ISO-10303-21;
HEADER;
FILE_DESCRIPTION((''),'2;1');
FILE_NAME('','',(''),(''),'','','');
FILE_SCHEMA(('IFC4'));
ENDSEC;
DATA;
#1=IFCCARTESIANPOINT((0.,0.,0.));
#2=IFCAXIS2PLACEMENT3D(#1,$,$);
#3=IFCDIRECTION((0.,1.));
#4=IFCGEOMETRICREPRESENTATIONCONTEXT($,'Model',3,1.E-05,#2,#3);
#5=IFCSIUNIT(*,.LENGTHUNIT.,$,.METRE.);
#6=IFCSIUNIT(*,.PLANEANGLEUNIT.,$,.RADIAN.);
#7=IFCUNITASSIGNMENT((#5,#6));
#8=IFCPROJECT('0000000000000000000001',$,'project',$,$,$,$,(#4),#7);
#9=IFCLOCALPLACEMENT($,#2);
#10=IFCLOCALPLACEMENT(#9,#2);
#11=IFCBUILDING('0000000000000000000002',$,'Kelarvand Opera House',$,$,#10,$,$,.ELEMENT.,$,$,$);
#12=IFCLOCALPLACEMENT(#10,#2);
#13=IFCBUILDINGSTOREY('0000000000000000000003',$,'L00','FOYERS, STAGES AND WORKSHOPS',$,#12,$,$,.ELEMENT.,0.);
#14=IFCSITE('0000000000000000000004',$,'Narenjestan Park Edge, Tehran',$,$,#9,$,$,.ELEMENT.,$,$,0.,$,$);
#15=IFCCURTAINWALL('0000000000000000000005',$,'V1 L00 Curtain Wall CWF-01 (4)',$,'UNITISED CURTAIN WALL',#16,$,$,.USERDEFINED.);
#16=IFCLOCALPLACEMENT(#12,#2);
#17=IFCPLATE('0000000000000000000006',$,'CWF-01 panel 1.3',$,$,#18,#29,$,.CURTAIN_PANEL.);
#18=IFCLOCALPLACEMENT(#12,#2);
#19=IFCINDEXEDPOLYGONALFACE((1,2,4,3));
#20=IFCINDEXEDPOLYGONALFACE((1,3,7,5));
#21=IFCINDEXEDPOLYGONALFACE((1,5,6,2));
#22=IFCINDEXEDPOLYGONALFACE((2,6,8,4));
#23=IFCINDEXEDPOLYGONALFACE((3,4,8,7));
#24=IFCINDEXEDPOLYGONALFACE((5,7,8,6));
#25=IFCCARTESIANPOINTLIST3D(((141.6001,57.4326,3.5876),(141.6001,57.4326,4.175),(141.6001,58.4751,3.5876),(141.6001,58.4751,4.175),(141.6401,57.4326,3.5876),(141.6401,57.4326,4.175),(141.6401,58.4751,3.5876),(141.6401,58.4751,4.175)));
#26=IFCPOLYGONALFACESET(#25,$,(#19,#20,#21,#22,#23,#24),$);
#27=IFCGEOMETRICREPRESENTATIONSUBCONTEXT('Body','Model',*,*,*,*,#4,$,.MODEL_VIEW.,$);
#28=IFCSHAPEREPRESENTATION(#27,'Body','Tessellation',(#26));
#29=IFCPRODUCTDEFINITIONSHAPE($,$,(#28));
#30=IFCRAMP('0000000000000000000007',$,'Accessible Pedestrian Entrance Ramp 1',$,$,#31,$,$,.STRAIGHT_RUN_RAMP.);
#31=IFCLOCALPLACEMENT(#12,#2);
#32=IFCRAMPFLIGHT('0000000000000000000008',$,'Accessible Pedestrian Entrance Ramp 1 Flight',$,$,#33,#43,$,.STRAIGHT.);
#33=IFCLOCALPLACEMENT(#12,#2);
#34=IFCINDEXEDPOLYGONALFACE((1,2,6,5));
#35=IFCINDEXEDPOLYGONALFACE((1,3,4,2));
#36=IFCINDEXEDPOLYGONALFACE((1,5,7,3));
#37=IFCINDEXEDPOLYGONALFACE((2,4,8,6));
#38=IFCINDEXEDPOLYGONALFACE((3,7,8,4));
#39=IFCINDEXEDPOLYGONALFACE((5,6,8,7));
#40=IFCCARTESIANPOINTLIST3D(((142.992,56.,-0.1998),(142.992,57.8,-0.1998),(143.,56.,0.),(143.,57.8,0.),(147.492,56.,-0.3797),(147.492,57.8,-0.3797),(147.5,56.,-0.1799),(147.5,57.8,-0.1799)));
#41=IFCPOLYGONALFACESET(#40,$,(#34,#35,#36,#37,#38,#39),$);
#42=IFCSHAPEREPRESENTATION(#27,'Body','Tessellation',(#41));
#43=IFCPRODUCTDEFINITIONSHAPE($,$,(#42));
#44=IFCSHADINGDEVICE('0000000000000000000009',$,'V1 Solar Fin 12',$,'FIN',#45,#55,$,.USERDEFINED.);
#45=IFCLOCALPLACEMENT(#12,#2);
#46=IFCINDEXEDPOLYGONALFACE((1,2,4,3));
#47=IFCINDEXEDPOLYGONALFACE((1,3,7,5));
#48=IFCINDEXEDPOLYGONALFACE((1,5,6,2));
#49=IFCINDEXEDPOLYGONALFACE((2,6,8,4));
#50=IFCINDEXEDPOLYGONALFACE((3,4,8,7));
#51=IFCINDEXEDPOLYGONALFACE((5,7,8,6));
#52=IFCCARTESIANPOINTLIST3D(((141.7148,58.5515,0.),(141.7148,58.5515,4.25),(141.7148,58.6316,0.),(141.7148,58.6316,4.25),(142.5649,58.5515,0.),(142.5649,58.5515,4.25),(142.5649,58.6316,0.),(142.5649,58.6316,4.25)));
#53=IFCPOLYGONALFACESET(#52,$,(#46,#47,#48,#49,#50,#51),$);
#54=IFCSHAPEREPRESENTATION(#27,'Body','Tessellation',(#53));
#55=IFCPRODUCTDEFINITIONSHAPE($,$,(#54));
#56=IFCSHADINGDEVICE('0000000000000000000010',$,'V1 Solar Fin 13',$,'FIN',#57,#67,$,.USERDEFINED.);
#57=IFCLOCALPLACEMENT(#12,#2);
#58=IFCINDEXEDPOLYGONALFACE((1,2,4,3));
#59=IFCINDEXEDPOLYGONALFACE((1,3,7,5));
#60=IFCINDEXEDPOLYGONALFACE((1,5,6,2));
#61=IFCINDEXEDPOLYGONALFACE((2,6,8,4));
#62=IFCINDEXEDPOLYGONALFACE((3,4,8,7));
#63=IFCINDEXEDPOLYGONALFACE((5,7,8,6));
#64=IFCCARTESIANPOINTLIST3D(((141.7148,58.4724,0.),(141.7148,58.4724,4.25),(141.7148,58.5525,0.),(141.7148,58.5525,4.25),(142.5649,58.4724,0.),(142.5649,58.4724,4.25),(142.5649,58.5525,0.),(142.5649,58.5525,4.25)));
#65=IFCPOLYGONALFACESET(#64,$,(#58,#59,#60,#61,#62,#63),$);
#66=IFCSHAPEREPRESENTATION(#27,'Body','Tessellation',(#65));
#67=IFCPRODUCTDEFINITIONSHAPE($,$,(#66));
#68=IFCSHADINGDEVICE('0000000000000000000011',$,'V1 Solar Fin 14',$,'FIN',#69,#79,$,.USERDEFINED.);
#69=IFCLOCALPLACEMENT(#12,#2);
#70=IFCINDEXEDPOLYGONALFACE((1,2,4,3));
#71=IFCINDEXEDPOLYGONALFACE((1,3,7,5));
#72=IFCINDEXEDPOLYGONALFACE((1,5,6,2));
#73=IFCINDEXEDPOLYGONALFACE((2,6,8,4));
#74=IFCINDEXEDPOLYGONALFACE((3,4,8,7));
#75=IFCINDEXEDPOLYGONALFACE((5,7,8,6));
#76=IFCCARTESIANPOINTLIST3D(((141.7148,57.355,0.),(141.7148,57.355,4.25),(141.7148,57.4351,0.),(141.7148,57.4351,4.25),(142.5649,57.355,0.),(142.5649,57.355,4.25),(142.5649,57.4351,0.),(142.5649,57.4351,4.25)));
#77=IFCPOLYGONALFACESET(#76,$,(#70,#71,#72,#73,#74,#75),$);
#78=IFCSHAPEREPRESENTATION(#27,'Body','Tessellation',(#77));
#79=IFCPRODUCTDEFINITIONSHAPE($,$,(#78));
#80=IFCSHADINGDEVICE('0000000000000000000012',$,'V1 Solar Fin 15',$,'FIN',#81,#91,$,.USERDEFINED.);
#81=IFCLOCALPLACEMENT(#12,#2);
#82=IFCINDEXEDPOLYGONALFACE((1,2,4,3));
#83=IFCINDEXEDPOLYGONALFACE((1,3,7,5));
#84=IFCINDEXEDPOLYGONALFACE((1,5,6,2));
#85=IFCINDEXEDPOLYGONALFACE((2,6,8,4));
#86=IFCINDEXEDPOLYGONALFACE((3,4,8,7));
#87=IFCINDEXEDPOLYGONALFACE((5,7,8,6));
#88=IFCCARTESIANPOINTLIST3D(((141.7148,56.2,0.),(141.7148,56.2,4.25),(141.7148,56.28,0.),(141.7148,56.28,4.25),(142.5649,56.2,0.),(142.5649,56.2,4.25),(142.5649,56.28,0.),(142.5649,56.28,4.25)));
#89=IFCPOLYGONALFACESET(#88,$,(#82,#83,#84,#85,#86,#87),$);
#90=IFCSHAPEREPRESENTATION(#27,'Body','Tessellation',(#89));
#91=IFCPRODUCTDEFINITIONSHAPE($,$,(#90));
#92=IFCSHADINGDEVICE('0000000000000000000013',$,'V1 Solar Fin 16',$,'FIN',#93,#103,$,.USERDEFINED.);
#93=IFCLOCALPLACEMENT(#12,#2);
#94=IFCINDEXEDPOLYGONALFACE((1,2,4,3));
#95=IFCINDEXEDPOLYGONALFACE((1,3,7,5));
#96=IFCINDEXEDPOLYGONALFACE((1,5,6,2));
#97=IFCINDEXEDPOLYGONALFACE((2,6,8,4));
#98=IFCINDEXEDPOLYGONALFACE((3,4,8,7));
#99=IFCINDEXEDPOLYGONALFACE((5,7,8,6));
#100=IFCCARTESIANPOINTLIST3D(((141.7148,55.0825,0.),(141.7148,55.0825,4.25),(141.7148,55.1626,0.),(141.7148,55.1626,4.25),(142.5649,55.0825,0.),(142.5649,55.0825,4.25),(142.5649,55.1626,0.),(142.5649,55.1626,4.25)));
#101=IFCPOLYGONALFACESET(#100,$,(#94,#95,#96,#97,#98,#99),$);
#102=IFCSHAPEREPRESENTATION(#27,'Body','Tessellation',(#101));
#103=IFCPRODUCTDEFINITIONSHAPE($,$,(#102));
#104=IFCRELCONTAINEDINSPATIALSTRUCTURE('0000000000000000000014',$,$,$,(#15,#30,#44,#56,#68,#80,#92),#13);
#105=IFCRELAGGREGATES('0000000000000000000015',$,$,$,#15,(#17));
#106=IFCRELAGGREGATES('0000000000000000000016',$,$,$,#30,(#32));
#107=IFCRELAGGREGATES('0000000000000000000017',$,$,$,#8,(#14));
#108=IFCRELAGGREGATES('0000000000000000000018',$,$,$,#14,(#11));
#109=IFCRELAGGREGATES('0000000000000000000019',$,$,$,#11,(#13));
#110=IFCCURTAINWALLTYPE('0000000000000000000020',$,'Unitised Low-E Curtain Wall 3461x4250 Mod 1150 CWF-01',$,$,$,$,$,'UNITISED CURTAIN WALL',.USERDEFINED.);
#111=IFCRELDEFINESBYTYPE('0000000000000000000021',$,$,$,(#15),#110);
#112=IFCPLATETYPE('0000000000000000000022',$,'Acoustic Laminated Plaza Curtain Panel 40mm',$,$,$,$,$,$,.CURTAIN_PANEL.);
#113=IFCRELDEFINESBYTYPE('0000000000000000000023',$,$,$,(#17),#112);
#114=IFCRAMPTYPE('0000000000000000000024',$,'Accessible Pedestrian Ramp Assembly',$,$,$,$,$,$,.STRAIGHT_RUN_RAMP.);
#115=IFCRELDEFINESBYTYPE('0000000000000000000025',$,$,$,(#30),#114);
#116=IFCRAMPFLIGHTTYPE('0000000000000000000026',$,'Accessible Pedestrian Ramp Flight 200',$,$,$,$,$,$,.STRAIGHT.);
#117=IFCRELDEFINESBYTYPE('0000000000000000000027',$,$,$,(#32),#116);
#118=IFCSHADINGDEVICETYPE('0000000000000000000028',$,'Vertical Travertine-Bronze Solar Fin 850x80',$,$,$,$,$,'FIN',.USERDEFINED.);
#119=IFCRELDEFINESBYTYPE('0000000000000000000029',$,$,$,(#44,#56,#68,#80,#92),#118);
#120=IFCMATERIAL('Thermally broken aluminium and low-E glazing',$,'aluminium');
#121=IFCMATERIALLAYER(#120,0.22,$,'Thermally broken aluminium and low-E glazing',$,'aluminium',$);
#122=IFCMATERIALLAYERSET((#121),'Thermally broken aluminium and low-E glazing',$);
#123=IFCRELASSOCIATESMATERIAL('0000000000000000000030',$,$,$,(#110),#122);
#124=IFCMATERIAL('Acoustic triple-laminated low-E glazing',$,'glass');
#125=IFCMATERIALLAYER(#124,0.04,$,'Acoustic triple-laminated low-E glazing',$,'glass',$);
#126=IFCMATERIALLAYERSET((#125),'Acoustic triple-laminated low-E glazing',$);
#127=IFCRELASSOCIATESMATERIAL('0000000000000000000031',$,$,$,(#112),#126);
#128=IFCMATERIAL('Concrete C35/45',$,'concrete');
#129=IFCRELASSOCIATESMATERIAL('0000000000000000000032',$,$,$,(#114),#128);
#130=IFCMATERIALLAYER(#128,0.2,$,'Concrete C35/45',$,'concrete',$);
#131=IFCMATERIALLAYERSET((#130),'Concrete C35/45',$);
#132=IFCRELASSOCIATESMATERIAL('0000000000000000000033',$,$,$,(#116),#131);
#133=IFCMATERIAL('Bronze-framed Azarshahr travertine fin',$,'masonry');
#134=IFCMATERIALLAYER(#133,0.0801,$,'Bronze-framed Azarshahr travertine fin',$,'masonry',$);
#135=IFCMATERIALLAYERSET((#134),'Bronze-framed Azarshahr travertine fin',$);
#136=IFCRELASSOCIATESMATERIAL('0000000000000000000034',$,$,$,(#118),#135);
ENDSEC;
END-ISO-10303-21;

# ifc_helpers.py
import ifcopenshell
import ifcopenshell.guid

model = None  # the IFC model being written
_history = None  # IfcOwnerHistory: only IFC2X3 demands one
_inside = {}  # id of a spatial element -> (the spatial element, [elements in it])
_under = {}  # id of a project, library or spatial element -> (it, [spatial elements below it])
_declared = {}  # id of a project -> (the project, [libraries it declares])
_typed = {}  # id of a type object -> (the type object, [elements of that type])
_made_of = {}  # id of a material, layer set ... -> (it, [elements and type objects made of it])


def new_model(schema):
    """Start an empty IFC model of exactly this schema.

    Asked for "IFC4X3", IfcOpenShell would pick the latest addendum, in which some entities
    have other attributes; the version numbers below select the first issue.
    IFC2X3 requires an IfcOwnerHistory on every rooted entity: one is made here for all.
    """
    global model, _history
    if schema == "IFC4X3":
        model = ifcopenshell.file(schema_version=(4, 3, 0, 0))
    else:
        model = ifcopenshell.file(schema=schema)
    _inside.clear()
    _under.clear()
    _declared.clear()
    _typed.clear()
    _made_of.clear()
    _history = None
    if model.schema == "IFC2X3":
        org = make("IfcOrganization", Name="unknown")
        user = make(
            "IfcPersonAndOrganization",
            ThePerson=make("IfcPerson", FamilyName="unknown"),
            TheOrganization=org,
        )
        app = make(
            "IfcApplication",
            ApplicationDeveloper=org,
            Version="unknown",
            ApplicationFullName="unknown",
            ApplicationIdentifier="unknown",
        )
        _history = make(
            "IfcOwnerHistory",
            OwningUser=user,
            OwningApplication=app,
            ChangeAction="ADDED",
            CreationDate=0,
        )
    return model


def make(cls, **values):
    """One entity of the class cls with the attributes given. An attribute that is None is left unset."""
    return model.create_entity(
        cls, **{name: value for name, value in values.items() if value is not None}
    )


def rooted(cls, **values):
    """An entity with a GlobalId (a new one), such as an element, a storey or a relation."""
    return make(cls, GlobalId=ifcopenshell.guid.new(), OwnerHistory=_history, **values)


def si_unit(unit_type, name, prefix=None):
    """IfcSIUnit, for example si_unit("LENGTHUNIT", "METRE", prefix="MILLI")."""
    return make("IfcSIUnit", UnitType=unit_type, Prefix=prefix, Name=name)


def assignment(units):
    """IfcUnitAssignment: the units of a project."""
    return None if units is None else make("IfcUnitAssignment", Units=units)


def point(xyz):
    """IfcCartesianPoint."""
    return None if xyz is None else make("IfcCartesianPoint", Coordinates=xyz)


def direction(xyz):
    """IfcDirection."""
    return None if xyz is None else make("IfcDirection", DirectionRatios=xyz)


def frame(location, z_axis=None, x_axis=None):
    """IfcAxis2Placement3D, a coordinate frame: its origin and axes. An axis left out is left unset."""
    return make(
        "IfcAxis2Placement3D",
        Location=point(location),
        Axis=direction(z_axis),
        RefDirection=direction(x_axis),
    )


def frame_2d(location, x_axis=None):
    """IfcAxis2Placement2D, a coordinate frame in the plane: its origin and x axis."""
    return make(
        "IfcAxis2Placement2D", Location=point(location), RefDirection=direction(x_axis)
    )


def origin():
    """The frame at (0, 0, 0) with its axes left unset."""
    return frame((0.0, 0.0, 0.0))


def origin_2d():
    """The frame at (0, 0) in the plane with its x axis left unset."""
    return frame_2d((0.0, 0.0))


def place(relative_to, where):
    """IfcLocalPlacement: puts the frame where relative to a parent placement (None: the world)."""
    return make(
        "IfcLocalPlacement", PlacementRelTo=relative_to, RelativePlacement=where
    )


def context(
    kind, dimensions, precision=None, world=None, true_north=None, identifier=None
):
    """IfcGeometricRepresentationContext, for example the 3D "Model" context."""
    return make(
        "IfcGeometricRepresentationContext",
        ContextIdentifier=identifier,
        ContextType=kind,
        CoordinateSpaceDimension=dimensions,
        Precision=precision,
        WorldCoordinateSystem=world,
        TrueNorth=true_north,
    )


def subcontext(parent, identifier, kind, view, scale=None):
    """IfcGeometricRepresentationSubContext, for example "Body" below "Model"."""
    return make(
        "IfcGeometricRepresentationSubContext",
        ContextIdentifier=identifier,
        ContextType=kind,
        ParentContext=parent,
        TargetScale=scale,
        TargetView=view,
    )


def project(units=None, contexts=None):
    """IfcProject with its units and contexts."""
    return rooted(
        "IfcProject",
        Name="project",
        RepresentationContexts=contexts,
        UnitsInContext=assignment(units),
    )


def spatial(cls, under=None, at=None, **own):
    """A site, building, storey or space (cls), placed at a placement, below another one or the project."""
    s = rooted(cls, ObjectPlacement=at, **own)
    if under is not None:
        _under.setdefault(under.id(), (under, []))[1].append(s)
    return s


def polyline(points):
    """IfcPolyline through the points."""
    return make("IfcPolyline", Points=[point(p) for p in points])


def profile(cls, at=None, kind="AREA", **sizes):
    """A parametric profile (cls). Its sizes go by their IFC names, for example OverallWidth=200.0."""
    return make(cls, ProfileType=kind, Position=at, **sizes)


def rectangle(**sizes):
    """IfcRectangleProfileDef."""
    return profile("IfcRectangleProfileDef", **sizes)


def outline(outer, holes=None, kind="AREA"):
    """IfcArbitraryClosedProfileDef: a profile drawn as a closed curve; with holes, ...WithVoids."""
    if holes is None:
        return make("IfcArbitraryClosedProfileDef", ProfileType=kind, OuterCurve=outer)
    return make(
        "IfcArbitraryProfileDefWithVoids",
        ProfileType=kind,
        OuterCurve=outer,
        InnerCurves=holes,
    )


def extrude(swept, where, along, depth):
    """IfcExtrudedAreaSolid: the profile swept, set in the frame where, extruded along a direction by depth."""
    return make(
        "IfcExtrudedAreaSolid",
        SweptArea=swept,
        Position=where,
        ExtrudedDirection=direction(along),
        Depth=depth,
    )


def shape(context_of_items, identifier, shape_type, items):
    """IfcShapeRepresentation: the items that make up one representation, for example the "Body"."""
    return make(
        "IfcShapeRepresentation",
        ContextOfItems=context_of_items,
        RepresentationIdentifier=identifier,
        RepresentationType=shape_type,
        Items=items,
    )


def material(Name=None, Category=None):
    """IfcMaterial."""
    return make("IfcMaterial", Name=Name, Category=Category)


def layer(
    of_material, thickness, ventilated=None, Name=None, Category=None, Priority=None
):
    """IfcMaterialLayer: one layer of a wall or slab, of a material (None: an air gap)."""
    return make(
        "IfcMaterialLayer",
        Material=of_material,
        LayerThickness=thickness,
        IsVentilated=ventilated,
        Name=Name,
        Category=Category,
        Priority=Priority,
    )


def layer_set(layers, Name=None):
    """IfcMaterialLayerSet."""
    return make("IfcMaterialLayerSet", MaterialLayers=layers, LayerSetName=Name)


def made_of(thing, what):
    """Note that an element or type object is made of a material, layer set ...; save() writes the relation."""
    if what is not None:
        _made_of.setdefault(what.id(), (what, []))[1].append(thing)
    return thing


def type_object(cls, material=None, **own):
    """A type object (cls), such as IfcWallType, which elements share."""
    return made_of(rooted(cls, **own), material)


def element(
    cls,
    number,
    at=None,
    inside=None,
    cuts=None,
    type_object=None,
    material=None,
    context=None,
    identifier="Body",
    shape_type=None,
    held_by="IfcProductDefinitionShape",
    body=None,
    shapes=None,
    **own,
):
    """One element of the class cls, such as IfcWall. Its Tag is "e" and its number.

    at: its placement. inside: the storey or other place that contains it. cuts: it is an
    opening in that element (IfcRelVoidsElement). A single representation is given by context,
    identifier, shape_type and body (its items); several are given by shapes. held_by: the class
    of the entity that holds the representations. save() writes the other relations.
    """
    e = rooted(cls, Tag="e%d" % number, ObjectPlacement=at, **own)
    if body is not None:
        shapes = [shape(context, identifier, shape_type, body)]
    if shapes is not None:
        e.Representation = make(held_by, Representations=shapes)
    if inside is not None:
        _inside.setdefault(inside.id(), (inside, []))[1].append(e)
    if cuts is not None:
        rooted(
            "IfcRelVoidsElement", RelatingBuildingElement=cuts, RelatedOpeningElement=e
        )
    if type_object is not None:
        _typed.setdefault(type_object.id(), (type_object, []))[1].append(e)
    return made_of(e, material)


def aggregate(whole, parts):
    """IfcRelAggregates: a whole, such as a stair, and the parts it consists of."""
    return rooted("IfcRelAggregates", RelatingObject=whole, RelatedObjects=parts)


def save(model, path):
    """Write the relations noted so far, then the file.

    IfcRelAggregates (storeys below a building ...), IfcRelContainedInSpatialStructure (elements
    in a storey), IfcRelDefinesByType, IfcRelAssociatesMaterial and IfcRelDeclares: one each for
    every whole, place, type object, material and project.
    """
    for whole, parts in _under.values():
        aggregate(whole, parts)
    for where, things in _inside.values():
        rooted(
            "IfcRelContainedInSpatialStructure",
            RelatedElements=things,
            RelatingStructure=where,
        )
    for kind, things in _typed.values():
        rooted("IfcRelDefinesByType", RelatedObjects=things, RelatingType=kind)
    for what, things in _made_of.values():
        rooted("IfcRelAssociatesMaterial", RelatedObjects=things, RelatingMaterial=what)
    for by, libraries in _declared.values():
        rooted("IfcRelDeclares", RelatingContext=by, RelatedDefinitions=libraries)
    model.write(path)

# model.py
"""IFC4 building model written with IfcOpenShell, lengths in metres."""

from ifc_helpers import new_model, si_unit, direction, frame, origin, origin_2d, place, context, subcontext, project, spatial, polyline, rectangle, outline, extrude, material, layer, layer_set, type_object, element, aggregate, save


model = new_model("IFC4")

# Units and contexts
model_context = context("Model", 3, precision=1e-05, world=origin(), true_north=direction((0.0, 1.0)))
body_context = subcontext(model_context, "Body", "Model", "MODEL_VIEW")
ifc_project = project(units=[si_unit("LENGTHUNIT", "METRE"), si_unit("PLANEANGLEUNIT", "RADIAN")], contexts=[model_context])

# Site, building, storey
site_placement = place(None, origin())
site = spatial("IfcSite", under=ifc_project, at=site_placement, Name="Narenjestan Park Edge, Tehran", CompositionType="ELEMENT", RefElevation=0.0)
building_placement = place(site_placement, origin())
building = spatial("IfcBuilding", under=site, at=building_placement, Name="Kelarvand Opera House", CompositionType="ELEMENT")
storey_placement = place(building_placement, origin())
storey = spatial("IfcBuildingStorey", under=building, at=storey_placement, Name="L00", Description="FOYERS, STAGES AND WORKSHOPS", CompositionType="ELEMENT", Elevation=0.0)

# Shared definitions
ifc_material_1 = material(Name="Thermally broken aluminium and low-E glazing", Category="aluminium")
ifc_layer_1 = layer(ifc_material_1, 0.22, Name="Thermally broken aluminium and low-E glazing", Category="aluminium")
ifc_layer_set_1 = layer_set([ifc_layer_1], Name="Thermally broken aluminium and low-E glazing")
curtain_wall_type = type_object("IfcCurtainWallType", Name="Unitised Low-E Curtain Wall 3461x4250 Mod 1150 CWF-01", ElementType="UNITISED CURTAIN WALL", PredefinedType="USERDEFINED", material=ifc_layer_set_1)

# Curtain wall
curtain_wall_1_placement = place(storey_placement, origin())
curtain_wall_1 = element("IfcCurtainWall", 1, at=curtain_wall_1_placement, inside=storey, type_object=curtain_wall_type, Name="V1 L00 Curtain Wall CWF-01 (4)", ObjectType="UNITISED CURTAIN WALL", PredefinedType="USERDEFINED")

# Plate
ifc_material_2 = material(Name="Acoustic triple-laminated low-E glazing", Category="glass")
ifc_layer_2 = layer(ifc_material_2, 0.04, Name="Acoustic triple-laminated low-E glazing", Category="glass")
ifc_layer_set_2 = layer_set([ifc_layer_2], Name="Acoustic triple-laminated low-E glazing")
plate_type = type_object("IfcPlateType", Name="Acoustic Laminated Plaza Curtain Panel 40mm", PredefinedType="CURTAIN_PANEL", material=ifc_layer_set_2)
plate_1_placement = place(storey_placement, frame((141.6201, 57.9539, 3.5876), z_axis=(0.0, 0.0, 1.0), x_axis=(0.0, -1.0, 0.0)))
plate_1 = element("IfcPlate", 2, at=plate_1_placement, type_object=plate_type, Name="CWF-01 panel 1.3", PredefinedType="CURTAIN_PANEL", context=body_context, shape_type="SweptSolid", body=[
    extrude(rectangle(XDim=1.0425, YDim=0.04, at=origin_2d()), origin(), (0.0, 0.0, 1.0), 0.5874),
])
aggregate(curtain_wall_1, [plate_1])

# Ramp, ramp flight
ifc_material_3 = material(Name="Concrete C35/45", Category="concrete")
ramp_type = type_object("IfcRampType", Name="Accessible Pedestrian Ramp Assembly", PredefinedType="STRAIGHT_RUN_RAMP", material=ifc_material_3)
ramp_placement = place(storey_placement, origin())
ramp = element("IfcRamp", 3, at=ramp_placement, inside=storey, type_object=ramp_type, Name="Accessible Pedestrian Entrance Ramp 1", PredefinedType="STRAIGHT_RUN_RAMP")
ifc_layer_3 = layer(ifc_material_3, 0.2, Name="Concrete C35/45", Category="concrete")
ifc_layer_set_3 = layer_set([ifc_layer_3], Name="Concrete C35/45")
ramp_flight_type = type_object("IfcRampFlightType", Name="Accessible Pedestrian Ramp Flight 200", PredefinedType="STRAIGHT", material=ifc_layer_set_3)
ramp_flight_placement = place(storey_placement, frame((143.0, 56.0, 0.0), z_axis=(0.039953, 0.0, 0.999202), x_axis=(0.999202, 0.0, -0.039953)))
ramp_flight = element("IfcRampFlight", 4, at=ramp_flight_placement, type_object=ramp_flight_type, Name="Accessible Pedestrian Entrance Ramp 1 Flight", PredefinedType="STRAIGHT", context=body_context, shape_type="SweptSolid", body=[
    extrude(outline(polyline([(0.0, 0.0), (4.5036, 0.0), (4.5036, 1.8), (0.0, 1.8), (0.0, 0.0)])), origin(), (0.0, 0.0, -1.0), 0.2),
])
aggregate(ramp, [ramp_flight])

# Shading devices
ifc_material_4 = material(Name="Bronze-framed Azarshahr travertine fin", Category="masonry")
ifc_layer_4 = layer(ifc_material_4, 0.0801, Name="Bronze-framed Azarshahr travertine fin", Category="masonry")
ifc_layer_set_4 = layer_set([ifc_layer_4], Name="Bronze-framed Azarshahr travertine fin")
shading_device_type = type_object("IfcShadingDeviceType", Name="Vertical Travertine-Bronze Solar Fin 850x80", ElementType="FIN", PredefinedType="USERDEFINED", material=ifc_layer_set_4)
for number, where, z_axis, x_axis, name in (
    (5, (142.1399, 58.5916, 0.0), (0.0, 0.0, 1.0), (1.0, 0.0, 0.0), "V1 Solar Fin 12"),
    (6, (142.1399, 58.5125, 0.0), (0.0, 0.0, 1.0), (1.0, 0.0, 0.0), "V1 Solar Fin 13"),
    (7, (142.1399, 57.395, 0.0), (0.0, 0.0, 1.0), (1.0, 0.0, 0.0), "V1 Solar Fin 14"),
    (8, (142.1399, 56.24, 0.0), (0.0, 0.0, 1.0), (1.0, 0.0, 0.0), "V1 Solar Fin 15"),
    (9, (142.1399, 55.1226, 0.0), (0.0, 0.0, 1.0), (1.0, 0.0, 0.0), "V1 Solar Fin 16"),
):
    element("IfcShadingDevice", number, at=place(storey_placement, frame(where, z_axis=z_axis, x_axis=x_axis)), inside=storey, type_object=shading_device_type, Name=name, ObjectType="FIN", PredefinedType="USERDEFINED", context=body_context, shape_type="SweptSolid", body=[
        extrude(rectangle(XDim=0.8501, YDim=0.0801, at=origin_2d()), origin(), (0.0, 0.0, 1.0), 4.25),
    ])

save(model, "model.ifc")
